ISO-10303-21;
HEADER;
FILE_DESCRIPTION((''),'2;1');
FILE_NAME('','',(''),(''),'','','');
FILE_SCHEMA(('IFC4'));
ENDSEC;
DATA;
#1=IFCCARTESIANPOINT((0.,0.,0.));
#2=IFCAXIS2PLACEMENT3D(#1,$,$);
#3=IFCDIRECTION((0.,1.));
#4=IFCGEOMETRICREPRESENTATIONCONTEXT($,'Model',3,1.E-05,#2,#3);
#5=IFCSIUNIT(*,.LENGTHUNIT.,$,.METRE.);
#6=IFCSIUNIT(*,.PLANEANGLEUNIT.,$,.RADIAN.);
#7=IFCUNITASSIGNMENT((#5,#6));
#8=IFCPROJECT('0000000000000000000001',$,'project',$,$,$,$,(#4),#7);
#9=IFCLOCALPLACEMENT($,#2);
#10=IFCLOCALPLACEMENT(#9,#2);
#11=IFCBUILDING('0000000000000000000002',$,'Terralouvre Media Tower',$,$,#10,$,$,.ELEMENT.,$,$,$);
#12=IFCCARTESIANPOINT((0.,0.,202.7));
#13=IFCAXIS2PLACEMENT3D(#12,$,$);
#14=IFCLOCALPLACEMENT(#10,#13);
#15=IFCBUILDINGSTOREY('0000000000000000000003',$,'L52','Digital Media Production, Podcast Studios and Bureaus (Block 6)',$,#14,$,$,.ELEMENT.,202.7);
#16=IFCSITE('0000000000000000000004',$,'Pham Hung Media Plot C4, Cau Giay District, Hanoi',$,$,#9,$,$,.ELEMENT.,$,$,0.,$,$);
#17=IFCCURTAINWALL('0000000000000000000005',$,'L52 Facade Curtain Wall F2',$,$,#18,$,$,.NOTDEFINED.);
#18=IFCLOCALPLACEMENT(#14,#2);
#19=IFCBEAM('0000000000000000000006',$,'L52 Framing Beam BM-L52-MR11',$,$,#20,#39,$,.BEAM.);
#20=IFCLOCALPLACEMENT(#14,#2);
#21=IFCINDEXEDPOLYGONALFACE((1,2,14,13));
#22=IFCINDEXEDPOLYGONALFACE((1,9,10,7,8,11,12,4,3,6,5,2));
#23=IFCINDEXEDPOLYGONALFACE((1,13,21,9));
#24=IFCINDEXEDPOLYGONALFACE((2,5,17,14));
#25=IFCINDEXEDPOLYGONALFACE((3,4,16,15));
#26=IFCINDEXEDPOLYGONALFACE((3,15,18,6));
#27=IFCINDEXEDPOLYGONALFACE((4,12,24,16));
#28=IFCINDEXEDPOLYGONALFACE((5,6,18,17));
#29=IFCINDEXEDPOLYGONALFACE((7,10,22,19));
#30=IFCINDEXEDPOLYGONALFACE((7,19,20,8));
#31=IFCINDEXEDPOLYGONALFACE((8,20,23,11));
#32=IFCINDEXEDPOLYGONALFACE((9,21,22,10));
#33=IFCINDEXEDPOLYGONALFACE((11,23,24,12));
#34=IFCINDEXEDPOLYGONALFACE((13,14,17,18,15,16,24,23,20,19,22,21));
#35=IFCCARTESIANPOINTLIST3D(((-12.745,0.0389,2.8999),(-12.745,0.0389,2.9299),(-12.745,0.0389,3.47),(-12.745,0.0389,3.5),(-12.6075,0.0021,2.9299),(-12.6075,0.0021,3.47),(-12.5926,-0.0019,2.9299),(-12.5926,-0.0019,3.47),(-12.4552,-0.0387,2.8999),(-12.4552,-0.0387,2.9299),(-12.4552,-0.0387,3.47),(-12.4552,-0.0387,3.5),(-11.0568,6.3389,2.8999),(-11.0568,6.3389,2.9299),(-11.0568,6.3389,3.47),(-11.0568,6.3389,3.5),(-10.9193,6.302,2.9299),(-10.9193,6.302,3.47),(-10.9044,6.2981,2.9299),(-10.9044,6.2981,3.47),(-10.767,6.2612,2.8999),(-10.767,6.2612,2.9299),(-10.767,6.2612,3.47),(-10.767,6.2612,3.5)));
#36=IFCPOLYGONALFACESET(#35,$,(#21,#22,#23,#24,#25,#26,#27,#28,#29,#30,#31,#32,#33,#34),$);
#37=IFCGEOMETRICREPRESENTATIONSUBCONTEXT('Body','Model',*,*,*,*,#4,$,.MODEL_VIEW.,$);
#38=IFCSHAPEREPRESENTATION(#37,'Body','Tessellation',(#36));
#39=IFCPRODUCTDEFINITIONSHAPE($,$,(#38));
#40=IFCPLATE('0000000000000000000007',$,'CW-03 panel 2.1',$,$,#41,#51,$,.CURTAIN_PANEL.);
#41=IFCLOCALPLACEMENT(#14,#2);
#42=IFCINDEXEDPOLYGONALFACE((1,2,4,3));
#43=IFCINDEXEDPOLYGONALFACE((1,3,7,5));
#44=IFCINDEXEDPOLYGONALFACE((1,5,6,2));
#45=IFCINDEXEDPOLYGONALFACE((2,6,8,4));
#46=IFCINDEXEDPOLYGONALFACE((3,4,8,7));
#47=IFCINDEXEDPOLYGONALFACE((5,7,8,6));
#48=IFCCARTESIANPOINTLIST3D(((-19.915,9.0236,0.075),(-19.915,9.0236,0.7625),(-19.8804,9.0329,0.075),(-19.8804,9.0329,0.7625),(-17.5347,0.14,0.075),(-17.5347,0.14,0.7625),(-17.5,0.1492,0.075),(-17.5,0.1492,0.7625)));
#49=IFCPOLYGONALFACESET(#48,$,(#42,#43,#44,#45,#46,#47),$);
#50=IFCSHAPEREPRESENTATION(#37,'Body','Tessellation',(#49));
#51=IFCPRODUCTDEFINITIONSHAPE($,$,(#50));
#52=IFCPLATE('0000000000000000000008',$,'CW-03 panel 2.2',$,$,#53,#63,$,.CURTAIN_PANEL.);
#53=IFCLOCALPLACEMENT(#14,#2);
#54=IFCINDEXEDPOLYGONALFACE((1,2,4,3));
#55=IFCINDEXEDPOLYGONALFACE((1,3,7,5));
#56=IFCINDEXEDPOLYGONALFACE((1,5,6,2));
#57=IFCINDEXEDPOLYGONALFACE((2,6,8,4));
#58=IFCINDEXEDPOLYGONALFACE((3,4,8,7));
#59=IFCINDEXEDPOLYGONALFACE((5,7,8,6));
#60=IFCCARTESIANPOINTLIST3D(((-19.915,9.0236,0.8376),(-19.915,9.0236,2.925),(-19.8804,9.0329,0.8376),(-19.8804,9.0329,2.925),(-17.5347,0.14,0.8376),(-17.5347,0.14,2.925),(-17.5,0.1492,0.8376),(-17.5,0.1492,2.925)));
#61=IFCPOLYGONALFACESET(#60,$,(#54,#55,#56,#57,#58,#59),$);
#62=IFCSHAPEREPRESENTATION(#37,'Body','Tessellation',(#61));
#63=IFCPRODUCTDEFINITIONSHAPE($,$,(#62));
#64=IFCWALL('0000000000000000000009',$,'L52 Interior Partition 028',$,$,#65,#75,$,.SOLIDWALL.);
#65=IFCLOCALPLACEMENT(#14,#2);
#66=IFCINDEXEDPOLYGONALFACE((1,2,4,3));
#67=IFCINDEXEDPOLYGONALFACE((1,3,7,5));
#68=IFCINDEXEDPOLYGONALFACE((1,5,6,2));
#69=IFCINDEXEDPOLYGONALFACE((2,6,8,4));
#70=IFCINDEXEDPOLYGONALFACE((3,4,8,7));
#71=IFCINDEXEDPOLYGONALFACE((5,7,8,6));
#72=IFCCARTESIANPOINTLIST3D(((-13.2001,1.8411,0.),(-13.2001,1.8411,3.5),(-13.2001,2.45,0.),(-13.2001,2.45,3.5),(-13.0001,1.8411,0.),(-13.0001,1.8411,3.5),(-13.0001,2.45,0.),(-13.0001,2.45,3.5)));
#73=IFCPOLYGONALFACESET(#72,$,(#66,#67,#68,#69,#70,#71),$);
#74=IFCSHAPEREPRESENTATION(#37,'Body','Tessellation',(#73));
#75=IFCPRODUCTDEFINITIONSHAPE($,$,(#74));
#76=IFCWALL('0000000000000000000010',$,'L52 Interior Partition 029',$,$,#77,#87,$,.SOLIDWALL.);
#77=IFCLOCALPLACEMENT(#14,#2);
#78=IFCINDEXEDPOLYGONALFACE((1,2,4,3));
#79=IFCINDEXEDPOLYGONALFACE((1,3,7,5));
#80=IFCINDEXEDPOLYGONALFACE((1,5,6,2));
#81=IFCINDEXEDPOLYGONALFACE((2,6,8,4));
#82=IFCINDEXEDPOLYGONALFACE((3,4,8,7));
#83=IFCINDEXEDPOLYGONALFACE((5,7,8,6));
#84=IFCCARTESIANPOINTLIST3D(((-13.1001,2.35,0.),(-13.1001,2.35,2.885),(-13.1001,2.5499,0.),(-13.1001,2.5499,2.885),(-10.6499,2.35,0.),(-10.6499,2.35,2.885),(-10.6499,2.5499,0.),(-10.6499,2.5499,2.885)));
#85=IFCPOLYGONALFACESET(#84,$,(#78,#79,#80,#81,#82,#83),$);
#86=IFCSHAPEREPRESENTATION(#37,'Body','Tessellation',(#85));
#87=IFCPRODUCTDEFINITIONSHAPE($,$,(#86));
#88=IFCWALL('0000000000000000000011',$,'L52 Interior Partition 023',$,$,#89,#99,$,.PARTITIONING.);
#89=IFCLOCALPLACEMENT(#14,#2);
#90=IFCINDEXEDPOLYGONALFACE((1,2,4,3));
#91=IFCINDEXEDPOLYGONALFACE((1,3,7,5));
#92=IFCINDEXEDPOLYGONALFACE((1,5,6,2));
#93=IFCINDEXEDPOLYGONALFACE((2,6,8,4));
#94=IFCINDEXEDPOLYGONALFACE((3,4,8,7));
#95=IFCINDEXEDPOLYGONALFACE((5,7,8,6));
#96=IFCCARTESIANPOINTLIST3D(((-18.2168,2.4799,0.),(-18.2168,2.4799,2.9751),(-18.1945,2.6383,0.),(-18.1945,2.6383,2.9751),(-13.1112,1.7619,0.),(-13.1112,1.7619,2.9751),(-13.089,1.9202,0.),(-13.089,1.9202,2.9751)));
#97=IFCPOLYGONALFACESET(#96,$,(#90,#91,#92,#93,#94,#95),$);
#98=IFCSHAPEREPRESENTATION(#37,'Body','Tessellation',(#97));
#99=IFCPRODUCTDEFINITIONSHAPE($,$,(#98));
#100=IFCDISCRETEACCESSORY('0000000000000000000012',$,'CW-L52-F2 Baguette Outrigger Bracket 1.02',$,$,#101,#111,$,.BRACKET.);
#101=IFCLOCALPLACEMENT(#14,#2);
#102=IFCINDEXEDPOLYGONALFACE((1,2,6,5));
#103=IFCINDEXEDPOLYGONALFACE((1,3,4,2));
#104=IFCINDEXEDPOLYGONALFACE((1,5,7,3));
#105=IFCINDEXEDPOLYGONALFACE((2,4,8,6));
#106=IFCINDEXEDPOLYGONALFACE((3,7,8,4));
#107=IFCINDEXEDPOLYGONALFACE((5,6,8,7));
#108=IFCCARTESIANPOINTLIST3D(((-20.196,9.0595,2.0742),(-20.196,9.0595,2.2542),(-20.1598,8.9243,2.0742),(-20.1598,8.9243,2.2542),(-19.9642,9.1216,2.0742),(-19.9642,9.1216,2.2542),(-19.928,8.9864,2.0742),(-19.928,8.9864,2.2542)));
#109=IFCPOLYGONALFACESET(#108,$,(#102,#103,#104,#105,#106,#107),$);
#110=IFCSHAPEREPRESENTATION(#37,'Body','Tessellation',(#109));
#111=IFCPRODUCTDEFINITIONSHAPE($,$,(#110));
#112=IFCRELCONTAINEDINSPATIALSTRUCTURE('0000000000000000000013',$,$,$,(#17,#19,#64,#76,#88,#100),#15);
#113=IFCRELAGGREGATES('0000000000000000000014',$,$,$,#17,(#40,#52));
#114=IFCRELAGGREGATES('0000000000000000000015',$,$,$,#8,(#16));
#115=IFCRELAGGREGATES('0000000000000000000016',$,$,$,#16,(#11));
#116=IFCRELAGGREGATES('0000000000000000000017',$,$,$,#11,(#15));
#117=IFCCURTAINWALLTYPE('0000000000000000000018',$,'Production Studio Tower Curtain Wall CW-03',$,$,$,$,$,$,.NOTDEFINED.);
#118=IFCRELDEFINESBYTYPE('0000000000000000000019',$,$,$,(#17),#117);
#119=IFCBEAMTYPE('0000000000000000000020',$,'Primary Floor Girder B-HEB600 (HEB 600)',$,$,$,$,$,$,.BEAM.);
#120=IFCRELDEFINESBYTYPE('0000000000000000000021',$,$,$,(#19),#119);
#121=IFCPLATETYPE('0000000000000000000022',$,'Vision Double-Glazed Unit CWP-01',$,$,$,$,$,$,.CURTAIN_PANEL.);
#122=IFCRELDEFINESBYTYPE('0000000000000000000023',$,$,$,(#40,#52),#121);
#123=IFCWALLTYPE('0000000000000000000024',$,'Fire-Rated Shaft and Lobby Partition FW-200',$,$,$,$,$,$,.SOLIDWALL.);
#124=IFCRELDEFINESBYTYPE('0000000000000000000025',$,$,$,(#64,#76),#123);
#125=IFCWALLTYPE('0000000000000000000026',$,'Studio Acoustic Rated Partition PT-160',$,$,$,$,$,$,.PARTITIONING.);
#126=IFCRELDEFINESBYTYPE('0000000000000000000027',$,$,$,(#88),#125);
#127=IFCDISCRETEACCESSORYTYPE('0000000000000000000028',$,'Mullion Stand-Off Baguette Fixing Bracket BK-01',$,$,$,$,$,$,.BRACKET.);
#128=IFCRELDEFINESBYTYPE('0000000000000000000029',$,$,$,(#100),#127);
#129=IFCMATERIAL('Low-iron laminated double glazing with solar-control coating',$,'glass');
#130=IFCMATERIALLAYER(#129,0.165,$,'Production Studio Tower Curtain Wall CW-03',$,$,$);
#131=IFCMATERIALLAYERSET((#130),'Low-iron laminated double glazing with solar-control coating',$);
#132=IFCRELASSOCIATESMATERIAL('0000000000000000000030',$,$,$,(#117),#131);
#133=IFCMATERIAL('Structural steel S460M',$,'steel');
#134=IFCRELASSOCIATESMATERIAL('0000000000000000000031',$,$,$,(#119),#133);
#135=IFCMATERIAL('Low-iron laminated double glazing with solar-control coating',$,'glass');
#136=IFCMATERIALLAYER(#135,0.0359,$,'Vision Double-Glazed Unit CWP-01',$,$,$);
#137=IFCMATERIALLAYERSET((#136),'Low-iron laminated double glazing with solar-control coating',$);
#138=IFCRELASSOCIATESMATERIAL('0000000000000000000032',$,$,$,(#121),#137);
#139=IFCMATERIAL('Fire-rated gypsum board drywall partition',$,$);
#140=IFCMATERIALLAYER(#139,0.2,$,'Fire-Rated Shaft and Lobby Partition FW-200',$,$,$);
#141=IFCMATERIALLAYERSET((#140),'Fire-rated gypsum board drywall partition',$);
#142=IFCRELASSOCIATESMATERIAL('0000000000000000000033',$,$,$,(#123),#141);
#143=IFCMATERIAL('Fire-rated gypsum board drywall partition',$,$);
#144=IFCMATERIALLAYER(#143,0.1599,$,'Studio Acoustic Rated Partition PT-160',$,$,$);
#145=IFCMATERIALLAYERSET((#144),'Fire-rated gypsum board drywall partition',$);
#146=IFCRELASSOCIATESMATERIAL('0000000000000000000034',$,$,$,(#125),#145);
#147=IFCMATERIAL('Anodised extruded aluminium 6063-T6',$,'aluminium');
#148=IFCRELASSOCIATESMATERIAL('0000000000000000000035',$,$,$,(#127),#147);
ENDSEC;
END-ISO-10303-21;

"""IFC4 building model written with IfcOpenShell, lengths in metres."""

from ifc_helpers import new_model, si_unit, direction, frame, frame_2d, origin, origin_2d, place, context, subcontext, project, spatial, rectangle, i_section, extrude, material, layer, layer_set, material_profile, profile_set, type_object, element, aggregate, save


model = new_model("IFC4")

# Units and contexts
model_context = context("Model", 3, precision=1e-05, world=origin(), true_north=direction((0.0, 1.0)))
body_context = subcontext(model_context, "Body", "Model", "MODEL_VIEW")
ifc_project = project(units=[si_unit("LENGTHUNIT", "METRE"), si_unit("PLANEANGLEUNIT", "RADIAN")], contexts=[model_context])

# Site, building, storey
site_placement = place(None, origin())
site = spatial("IfcSite", under=ifc_project, at=site_placement, Name="Pham Hung Media Plot C4, Cau Giay District, Hanoi", CompositionType="ELEMENT", RefElevation=0.0)
building_placement = place(site_placement, origin())
building = spatial("IfcBuilding", under=site, at=building_placement, Name="Terralouvre Media Tower", CompositionType="ELEMENT")
storey_placement = place(building_placement, frame((0.0, 0.0, 202.7)))
storey = spatial("IfcBuildingStorey", under=building, at=storey_placement, Name="L52", Description="Digital Media Production, Podcast Studios and Bureaus (Block 6)", CompositionType="ELEMENT", Elevation=202.7)

# Curtain wall
ifc_material_1 = material(Name="Low-iron laminated double glazing with solar-control coating", Category="glass")
ifc_layer_1 = layer(ifc_material_1, 0.165, Name="Production Studio Tower Curtain Wall CW-03")
ifc_layer_set_1 = layer_set([ifc_layer_1], Name="Low-iron laminated double glazing with solar-control coating")
curtain_wall_type = type_object("IfcCurtainWallType", Name="Production Studio Tower Curtain Wall CW-03", PredefinedType="NOTDEFINED", material=ifc_layer_set_1)
curtain_wall_placement = place(storey_placement, origin())
curtain_wall = element("IfcCurtainWall", 1, at=curtain_wall_placement, inside=storey, type_object=curtain_wall_type, Name="L52 Facade Curtain Wall F2", PredefinedType="NOTDEFINED")

# Beam
ifc_material_2 = material(Name="Structural steel S460M", Category="steel")
ifc_material_profile_1 = material_profile(ifc_material_2, i_section(OverallWidth=0.3, OverallDepth=0.6001, WebThickness=0.0154, FlangeThickness=0.03, at=origin_2d()), Name="HEB 600")
ifc_profile_set_1 = profile_set([ifc_material_profile_1], Name="Structural steel S460M")
beam_type_1 = type_object("IfcBeamType", Name="Primary Floor Girder B-HEB600 (HEB 600)", PredefinedType="BEAM", material=ifc_profile_set_1)
beam_1_placement = place(storey_placement, frame((-10.9119, 6.3, 3.2), z_axis=(-0.258839, -0.96592, 0.0), x_axis=(0.96592, -0.258839, 0.0)))
element("IfcBeam", 2, at=beam_1_placement, inside=storey, type_object=beam_type_1, Name="L52 Framing Beam BM-L52-MR11", PredefinedType="BEAM", context=body_context, shape_type="SweptSolid", body=[
    extrude(i_section(OverallWidth=0.3, OverallDepth=0.6001, WebThickness=0.0154, FlangeThickness=0.03, at=origin_2d()), origin(), (0.0, 0.0, 1.0), 6.5222),
])

# Plates
ifc_material_3 = material(Name="Low-iron laminated double glazing with solar-control coating", Category="glass")
ifc_layer_2 = layer(ifc_material_3, 0.0359, Name="Vision Double-Glazed Unit CWP-01")
ifc_layer_set_2 = layer_set([ifc_layer_2], Name="Low-iron laminated double glazing with solar-control coating")
plate_type = type_object("IfcPlateType", Name="Vision Double-Glazed Unit CWP-01", PredefinedType="CURTAIN_PANEL", material=ifc_layer_set_2)
plate_1_placement = place(storey_placement, frame((-18.7075, 4.5864, 0.075), z_axis=(0.0, 0.0, 1.0), x_axis=(0.258819, -0.965926, 0.0)))
plate_1 = element("IfcPlate", 3, at=plate_1_placement, type_object=plate_type, Name="CW-03 panel 2.1", PredefinedType="CURTAIN_PANEL", context=body_context, shape_type="SweptSolid", body=[
    extrude(rectangle(XDim=9.197, YDim=0.0359, at=origin_2d()), origin(), (0.0, 0.0, 1.0), 0.6875),
])
plate_2_placement = place(storey_placement, frame((-18.7075, 4.5864, 0.8376), z_axis=(0.0, 0.0, 1.0), x_axis=(0.258819, -0.965926, 0.0)))
plate_2 = element("IfcPlate", 4, at=plate_2_placement, type_object=plate_type, Name="CW-03 panel 2.2", PredefinedType="CURTAIN_PANEL", context=body_context, shape_type="SweptSolid", body=[
    extrude(rectangle(XDim=9.197, YDim=0.0359, at=origin_2d()), origin(), (0.0, 0.0, 1.0), 2.0874),
])
aggregate(curtain_wall, [plate_1, plate_2])

# Walls
ifc_material_4 = material(Name="Fire-rated gypsum board drywall partition")
ifc_layer_3 = layer(ifc_material_4, 0.2, Name="Fire-Rated Shaft and Lobby Partition FW-200")
ifc_layer_set_3 = layer_set([ifc_layer_3], Name="Fire-rated gypsum board drywall partition")
wall_type_1 = type_object("IfcWallType", Name="Fire-Rated Shaft and Lobby Partition FW-200", PredefinedType="SOLIDWALL", material=ifc_layer_set_3)
wall_1_placement = place(storey_placement, frame((-13.1001, 1.8411, 0.0), z_axis=(0.0, 0.0, 1.0), x_axis=(0.0, 1.0, 0.0)))
element("IfcWall", 5, at=wall_1_placement, inside=storey, type_object=wall_type_1, Name="L52 Interior Partition 028", PredefinedType="SOLIDWALL", context=body_context, shape_type="SweptSolid", body=[
    extrude(rectangle(XDim=0.6089, YDim=0.2, at=frame_2d((0.3044, 0.0))), origin(), (0.0, 0.0, 1.0), 3.5),
])
wall_2_placement = place(storey_placement, frame((-13.1001, 2.45, 0.0), z_axis=(0.0, 0.0, 1.0), x_axis=(1.0, 0.0, 0.0)))
element("IfcWall", 6, at=wall_2_placement, inside=storey, type_object=wall_type_1, Name="L52 Interior Partition 029", PredefinedType="SOLIDWALL", context=body_context, shape_type="SweptSolid", body=[
    extrude(rectangle(XDim=2.4502, YDim=0.2, at=frame_2d((1.2251, 0.0))), origin(), (0.0, 0.0, 1.0), 2.885),
])
ifc_material_5 = material(Name="Fire-rated gypsum board drywall partition")
ifc_layer_4 = layer(ifc_material_5, 0.1599, Name="Studio Acoustic Rated Partition PT-160")
ifc_layer_set_4 = layer_set([ifc_layer_4], Name="Fire-rated gypsum board drywall partition")
wall_type_2 = type_object("IfcWallType", Name="Studio Acoustic Rated Partition PT-160", PredefinedType="PARTITIONING", material=ifc_layer_set_4)
wall_3_placement = place(storey_placement, frame((-13.1001, 1.8411, 0.0), z_axis=(0.0, 0.0, 1.0), x_axis=(-0.990255, 0.139266, 0.0)))
element("IfcWall", 7, at=wall_3_placement, inside=storey, type_object=wall_type_2, Name="L52 Interior Partition 023", PredefinedType="PARTITIONING", context=body_context, shape_type="SweptSolid", body=[
    extrude(rectangle(XDim=5.1558, YDim=0.1599, at=frame_2d((2.5779, 0.0))), origin(), (0.0, 0.0, 1.0), 2.9751),
])

# Discrete accessory
ifc_material_6 = material(Name="Anodised extruded aluminium 6063-T6", Category="aluminium")
discrete_accessory_type = type_object("IfcDiscreteAccessoryType", Name="Mullion Stand-Off Baguette Fixing Bracket BK-01", PredefinedType="BRACKET", material=ifc_material_6)
discrete_accessory_placement = place(storey_placement, frame((-20.062, 9.0229, 2.0742), z_axis=(0.0, 0.0, 1.0), x_axis=(0.258819, -0.965926, 0.0)))
element("IfcDiscreteAccessory", 8, at=discrete_accessory_placement, inside=storey, type_object=discrete_accessory_type, Name="CW-L52-F2 Baguette Outrigger Bracket 1.02", PredefinedType="BRACKET", context=body_context, shape_type="SweptSolid", body=[
    extrude(rectangle(XDim=0.1399, YDim=0.24, at=origin_2d()), origin(), (0.0, 0.0, 1.0), 0.1799),
])

save(model, "model.ifc")
